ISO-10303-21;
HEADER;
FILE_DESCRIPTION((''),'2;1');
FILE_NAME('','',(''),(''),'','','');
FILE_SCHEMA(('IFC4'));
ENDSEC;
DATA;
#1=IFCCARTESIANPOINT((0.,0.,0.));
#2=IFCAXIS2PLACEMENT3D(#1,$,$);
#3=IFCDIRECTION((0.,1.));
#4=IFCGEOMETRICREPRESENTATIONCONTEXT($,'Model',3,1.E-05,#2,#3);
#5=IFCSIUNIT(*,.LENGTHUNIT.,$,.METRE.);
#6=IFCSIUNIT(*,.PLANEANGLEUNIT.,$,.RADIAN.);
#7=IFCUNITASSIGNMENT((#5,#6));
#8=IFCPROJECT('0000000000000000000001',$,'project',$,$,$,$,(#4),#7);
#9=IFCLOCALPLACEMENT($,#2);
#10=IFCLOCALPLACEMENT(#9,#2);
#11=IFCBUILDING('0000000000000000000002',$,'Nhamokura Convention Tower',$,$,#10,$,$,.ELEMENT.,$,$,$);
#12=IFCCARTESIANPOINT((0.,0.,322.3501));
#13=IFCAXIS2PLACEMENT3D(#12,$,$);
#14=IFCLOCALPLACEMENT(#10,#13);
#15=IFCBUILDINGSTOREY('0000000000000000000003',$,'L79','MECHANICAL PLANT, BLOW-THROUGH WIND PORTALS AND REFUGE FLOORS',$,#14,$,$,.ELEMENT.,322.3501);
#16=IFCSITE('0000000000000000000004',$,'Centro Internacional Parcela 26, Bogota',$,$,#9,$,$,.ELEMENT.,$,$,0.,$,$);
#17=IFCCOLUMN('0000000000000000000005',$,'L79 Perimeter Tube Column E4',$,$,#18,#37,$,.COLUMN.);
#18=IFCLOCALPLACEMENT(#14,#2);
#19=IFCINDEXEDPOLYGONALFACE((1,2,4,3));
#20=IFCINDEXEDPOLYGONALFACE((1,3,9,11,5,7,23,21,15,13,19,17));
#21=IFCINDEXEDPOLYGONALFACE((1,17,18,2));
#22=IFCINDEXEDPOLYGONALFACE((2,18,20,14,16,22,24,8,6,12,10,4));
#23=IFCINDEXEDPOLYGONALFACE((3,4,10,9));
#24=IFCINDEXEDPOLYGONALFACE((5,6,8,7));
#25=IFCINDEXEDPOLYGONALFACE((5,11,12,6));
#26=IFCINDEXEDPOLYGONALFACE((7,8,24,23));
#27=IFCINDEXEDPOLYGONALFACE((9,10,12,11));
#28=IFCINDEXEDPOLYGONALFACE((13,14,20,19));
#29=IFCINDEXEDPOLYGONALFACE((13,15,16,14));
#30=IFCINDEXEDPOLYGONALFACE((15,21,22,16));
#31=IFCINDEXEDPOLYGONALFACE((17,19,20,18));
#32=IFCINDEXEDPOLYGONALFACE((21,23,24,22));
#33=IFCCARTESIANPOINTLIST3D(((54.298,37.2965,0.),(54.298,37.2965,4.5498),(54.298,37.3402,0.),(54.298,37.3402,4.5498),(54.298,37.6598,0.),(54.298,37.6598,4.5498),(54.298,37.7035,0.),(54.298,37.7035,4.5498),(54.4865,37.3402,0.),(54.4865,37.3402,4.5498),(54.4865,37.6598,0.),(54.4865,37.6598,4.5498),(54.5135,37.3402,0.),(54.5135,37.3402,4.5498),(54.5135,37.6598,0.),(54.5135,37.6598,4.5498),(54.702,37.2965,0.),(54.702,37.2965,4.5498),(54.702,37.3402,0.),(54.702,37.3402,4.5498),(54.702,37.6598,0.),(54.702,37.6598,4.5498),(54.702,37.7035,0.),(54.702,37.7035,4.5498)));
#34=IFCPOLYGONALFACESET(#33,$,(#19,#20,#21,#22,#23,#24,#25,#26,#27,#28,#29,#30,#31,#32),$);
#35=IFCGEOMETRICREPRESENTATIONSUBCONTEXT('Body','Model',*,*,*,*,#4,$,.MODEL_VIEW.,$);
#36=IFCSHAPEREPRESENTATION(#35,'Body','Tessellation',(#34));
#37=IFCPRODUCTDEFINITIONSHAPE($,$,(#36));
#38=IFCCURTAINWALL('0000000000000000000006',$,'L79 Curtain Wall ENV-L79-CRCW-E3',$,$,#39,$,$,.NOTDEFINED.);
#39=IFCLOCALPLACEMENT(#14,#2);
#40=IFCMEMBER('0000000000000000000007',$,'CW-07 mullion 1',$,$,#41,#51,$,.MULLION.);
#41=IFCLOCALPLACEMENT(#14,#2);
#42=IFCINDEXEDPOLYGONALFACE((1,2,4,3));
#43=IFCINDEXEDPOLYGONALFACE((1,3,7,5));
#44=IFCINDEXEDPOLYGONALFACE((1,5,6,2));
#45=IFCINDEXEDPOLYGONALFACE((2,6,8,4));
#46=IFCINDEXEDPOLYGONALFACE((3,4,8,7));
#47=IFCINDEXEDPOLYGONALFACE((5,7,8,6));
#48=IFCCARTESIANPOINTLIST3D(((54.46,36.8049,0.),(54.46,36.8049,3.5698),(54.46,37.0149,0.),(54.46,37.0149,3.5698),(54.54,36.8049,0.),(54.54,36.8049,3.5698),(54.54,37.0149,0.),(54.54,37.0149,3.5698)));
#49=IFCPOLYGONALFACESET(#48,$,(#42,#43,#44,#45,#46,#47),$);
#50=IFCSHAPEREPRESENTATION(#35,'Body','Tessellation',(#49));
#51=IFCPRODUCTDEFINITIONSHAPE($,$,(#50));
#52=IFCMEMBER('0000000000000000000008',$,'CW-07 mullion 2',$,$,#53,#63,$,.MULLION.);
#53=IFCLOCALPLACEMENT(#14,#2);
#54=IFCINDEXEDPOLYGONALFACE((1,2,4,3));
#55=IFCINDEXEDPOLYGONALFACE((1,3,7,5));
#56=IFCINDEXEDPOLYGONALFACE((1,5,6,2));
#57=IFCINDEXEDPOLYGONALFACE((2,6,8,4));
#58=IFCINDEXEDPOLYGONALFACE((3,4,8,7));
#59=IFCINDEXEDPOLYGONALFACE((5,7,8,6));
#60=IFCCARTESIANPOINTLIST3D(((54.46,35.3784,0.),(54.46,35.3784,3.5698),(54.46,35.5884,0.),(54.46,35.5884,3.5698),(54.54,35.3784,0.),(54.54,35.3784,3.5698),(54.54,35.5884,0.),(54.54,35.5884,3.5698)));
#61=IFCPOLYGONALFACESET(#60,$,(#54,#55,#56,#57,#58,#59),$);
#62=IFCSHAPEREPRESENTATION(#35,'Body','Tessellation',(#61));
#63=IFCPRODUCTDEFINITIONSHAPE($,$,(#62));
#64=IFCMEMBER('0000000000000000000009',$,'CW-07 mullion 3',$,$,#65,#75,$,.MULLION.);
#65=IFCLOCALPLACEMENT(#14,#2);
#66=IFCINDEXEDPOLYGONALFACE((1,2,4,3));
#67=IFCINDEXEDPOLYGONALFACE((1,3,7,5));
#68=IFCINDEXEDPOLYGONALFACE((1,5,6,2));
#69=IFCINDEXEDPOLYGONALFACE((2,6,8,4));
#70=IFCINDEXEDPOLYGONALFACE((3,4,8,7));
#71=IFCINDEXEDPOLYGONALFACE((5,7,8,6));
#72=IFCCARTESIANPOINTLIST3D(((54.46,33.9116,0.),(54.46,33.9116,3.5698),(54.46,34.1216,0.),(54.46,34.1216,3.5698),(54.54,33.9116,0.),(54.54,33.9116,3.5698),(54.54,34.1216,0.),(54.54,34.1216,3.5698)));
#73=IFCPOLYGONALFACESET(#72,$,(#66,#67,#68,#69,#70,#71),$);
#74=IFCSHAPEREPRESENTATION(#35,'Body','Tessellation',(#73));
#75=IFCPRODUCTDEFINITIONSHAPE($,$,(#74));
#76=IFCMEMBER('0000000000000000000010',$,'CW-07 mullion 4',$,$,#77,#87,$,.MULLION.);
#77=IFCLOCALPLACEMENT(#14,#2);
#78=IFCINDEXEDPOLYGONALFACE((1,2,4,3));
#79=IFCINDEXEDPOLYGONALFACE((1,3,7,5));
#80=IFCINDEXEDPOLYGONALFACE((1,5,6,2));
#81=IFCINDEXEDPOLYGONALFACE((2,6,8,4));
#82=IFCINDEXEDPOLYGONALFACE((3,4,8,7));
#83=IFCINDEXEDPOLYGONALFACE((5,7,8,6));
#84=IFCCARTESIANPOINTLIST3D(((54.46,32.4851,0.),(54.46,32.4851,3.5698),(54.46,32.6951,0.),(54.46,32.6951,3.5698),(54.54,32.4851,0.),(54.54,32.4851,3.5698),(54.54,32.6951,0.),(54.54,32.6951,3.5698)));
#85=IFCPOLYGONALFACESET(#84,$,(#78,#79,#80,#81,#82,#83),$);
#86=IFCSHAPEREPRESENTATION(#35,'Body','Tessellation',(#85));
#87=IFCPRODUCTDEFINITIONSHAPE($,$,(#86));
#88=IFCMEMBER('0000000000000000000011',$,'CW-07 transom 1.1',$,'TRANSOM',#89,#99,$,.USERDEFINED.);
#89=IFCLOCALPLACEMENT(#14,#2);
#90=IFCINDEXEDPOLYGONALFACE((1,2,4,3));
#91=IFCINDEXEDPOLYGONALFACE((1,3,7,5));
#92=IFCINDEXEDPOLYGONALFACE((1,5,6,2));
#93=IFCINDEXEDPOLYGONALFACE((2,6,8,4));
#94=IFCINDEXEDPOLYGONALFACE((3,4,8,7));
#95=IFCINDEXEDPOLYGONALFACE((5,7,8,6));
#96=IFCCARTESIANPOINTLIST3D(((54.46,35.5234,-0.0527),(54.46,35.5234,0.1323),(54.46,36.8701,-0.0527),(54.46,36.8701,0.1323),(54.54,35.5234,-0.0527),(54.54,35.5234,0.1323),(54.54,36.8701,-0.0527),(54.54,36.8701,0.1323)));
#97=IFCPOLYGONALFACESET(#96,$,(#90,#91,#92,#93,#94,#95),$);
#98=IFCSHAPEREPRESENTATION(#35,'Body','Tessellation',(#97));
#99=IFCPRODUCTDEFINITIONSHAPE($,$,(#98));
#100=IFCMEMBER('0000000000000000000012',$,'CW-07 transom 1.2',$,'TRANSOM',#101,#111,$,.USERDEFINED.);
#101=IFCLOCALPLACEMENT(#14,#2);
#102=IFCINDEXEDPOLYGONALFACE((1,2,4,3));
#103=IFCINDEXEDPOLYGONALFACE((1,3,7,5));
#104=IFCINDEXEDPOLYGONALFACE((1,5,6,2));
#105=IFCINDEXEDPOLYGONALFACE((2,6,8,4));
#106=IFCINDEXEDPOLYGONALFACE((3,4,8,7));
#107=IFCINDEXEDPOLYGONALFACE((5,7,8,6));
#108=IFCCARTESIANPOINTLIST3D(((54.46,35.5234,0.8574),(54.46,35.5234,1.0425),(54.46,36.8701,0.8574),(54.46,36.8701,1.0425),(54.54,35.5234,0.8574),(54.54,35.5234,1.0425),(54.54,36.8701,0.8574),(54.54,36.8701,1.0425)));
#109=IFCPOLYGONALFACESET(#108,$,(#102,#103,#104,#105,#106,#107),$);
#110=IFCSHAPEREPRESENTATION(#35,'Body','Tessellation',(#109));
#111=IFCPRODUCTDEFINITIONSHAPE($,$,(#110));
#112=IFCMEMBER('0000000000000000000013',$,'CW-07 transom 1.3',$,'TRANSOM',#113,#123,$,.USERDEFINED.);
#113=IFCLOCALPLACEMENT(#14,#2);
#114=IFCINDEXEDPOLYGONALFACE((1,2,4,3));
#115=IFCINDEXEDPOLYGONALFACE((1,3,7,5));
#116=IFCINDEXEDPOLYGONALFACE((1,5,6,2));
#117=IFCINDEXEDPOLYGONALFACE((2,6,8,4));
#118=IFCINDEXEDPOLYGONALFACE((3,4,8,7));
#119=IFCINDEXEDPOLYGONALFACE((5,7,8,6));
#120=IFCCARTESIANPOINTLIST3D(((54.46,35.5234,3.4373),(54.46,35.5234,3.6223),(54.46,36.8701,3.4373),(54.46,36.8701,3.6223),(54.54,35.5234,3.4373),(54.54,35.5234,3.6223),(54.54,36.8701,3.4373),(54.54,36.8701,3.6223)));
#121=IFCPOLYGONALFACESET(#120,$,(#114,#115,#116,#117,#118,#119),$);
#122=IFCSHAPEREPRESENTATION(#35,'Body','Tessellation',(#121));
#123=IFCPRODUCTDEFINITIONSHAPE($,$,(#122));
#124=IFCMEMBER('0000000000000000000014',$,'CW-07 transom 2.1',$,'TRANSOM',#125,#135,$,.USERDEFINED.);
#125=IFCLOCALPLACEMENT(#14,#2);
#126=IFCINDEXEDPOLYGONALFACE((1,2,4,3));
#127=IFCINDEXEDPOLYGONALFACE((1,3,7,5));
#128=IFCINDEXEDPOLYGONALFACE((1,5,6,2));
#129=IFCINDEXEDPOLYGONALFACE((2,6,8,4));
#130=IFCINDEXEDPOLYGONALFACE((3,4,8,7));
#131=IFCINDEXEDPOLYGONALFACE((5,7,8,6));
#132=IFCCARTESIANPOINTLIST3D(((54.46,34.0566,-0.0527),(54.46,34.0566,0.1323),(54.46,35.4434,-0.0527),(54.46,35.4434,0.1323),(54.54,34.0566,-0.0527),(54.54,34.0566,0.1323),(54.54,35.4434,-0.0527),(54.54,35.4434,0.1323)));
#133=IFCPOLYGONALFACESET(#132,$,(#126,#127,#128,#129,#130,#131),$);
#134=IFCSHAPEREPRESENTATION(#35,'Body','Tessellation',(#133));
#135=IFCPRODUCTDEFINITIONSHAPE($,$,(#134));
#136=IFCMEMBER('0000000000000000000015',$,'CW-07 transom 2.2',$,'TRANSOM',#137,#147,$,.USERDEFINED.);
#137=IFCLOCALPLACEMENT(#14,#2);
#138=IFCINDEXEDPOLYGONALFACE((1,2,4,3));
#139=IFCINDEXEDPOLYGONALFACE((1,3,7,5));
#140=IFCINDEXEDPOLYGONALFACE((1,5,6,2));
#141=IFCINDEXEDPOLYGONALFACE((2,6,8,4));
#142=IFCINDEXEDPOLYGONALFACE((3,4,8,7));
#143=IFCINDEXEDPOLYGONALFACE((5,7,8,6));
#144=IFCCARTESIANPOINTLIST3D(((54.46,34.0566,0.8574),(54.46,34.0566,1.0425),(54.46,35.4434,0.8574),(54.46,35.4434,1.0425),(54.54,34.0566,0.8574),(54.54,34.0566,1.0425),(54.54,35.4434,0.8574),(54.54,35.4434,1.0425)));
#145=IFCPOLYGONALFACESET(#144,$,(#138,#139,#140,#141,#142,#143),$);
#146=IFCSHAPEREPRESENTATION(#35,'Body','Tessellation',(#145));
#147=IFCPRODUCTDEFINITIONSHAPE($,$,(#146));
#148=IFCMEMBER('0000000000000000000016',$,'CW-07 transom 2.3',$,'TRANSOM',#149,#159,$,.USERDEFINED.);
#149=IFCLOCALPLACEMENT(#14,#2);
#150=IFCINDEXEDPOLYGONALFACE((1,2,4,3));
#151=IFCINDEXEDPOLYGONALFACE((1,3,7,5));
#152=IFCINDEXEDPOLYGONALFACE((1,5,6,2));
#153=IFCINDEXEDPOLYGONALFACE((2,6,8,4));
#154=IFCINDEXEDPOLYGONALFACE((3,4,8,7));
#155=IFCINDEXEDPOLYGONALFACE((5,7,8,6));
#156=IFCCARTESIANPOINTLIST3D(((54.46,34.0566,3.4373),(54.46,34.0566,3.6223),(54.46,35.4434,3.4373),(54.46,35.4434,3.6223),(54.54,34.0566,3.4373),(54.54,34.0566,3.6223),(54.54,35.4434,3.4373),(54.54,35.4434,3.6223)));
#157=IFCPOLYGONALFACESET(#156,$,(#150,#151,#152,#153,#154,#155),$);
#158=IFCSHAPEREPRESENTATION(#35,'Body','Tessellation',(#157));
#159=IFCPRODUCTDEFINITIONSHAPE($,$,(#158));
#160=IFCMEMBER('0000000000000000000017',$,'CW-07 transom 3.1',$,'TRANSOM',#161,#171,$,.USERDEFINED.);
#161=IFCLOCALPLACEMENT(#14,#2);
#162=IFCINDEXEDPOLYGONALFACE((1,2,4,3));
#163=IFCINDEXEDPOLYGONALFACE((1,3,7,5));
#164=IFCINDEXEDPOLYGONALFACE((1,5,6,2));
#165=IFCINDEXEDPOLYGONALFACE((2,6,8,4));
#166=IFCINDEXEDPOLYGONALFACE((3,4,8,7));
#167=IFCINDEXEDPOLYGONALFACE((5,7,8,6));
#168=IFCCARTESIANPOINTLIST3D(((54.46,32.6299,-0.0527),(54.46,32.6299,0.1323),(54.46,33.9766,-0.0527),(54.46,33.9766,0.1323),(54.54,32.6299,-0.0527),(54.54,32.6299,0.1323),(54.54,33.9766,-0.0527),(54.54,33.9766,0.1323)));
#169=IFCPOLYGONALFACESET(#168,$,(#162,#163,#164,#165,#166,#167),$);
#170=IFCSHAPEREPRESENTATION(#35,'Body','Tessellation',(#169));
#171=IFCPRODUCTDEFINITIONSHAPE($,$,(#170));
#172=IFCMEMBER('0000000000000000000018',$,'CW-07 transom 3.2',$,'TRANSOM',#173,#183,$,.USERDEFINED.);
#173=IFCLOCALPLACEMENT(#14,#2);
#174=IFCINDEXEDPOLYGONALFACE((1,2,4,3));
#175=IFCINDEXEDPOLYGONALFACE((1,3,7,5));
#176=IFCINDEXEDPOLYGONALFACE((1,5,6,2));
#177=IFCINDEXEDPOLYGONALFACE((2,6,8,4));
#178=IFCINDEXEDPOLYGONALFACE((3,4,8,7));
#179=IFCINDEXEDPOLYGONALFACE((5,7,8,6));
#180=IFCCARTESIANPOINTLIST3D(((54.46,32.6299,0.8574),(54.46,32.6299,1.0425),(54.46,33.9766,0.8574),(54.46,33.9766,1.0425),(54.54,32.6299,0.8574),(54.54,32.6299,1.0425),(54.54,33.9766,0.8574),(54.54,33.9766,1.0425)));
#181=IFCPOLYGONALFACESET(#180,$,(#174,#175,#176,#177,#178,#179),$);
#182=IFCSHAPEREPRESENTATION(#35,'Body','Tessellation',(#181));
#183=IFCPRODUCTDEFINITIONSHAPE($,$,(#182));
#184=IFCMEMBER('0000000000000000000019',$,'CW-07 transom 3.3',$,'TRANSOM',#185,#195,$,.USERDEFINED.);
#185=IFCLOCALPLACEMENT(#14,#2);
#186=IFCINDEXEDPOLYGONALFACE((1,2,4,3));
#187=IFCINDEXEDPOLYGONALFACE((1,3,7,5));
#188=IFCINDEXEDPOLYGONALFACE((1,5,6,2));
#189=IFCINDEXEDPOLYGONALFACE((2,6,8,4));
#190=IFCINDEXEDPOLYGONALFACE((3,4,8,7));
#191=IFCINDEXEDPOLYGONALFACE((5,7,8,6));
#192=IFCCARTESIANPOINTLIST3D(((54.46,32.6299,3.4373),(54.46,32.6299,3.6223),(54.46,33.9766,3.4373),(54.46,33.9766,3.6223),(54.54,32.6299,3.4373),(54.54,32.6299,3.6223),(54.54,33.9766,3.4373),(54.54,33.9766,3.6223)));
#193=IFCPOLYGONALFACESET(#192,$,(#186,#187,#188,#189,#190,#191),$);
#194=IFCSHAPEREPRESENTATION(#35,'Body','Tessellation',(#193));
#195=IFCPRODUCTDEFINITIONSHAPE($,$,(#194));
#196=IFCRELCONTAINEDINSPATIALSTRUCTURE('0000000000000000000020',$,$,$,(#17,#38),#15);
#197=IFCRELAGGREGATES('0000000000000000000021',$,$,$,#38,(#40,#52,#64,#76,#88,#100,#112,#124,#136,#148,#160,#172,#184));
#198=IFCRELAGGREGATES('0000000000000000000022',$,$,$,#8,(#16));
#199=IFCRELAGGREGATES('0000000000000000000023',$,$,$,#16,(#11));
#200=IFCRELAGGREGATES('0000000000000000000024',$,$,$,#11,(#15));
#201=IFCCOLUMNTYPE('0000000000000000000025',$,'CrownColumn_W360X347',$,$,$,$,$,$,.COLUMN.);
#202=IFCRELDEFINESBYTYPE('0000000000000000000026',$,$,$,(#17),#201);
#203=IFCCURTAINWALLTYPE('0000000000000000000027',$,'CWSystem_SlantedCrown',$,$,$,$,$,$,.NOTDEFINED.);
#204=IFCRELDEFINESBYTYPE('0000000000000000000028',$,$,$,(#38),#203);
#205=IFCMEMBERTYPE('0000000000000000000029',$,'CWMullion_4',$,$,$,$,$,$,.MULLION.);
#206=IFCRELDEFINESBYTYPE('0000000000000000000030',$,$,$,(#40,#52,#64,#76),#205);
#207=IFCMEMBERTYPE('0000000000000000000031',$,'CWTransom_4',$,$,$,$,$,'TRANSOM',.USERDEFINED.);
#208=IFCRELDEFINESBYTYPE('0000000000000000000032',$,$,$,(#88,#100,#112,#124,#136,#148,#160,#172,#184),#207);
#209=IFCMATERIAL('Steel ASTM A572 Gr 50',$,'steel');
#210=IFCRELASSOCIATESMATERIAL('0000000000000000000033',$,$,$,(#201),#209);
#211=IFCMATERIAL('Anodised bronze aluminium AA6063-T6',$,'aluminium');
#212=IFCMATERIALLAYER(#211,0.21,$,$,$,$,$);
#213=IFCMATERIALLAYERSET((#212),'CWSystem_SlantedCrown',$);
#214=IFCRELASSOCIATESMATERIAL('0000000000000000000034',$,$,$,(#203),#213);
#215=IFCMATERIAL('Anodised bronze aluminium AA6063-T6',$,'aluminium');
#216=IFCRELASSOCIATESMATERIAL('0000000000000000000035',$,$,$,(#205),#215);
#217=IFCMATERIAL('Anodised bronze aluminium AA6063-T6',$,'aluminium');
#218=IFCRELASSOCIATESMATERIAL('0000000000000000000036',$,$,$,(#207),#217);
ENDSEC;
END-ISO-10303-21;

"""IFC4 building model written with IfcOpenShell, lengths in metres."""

from ifc_helpers import new_model, si_unit, direction, frame, origin, origin_2d, place, context, subcontext, project, spatial, rectangle, i_section, extrude, material, layer, layer_set, material_profile, profile_set, type_object, element, aggregate, save


model = new_model("IFC4")

# Units and contexts
model_context = context("Model", 3, precision=1e-05, world=origin(), true_north=direction((0.0, 1.0)))
body_context = subcontext(model_context, "Body", "Model", "MODEL_VIEW")
ifc_project = project(units=[si_unit("LENGTHUNIT", "METRE"), si_unit("PLANEANGLEUNIT", "RADIAN")], contexts=[model_context])

# Site, building, storey
site_placement = place(None, origin())
site = spatial("IfcSite", under=ifc_project, at=site_placement, Name="Centro Internacional Parcela 26, Bogota", CompositionType="ELEMENT", RefElevation=0.0)
building_placement = place(site_placement, origin())
building = spatial("IfcBuilding", under=site, at=building_placement, Name="Nhamokura Convention Tower", CompositionType="ELEMENT")
storey_placement = place(building_placement, frame((0.0, 0.0, 322.3501)))
storey = spatial("IfcBuildingStorey", under=building, at=storey_placement, Name="L79", Description="MECHANICAL PLANT, BLOW-THROUGH WIND PORTALS AND REFUGE FLOORS", CompositionType="ELEMENT", Elevation=322.3501)

# Column
ifc_material_1 = material(Name="Steel ASTM A572 Gr 50", Category="steel")
ifc_material_profile_1 = material_profile(ifc_material_1, i_section(OverallWidth=0.4041, OverallDepth=0.407, WebThickness=0.0271, FlangeThickness=0.0437, at=origin_2d()))
ifc_profile_set_1 = profile_set([ifc_material_profile_1], Name="Steel ASTM A572 Gr 50")
column_type = type_object("IfcColumnType", Name="CrownColumn_W360X347", PredefinedType="COLUMN", material=ifc_profile_set_1)
column_placement = place(storey_placement, frame((54.5, 37.5, 0.0), z_axis=(0.0, 0.0, 1.0), x_axis=(1.0, 0.0, 0.0)))
element("IfcColumn", 1, at=column_placement, inside=storey, type_object=column_type, Name="L79 Perimeter Tube Column E4", PredefinedType="COLUMN", context=body_context, shape_type="SweptSolid", body=[
    extrude(i_section(OverallWidth=0.4041, OverallDepth=0.407, WebThickness=0.0271, FlangeThickness=0.0437, at=origin_2d()), origin(), (0.0, 0.0, 1.0), 4.5498),
])

# Curtain wall, members
ifc_material_2 = material(Name="Anodised bronze aluminium AA6063-T6", Category="aluminium")
ifc_layer_1 = layer(ifc_material_2, 0.21)
ifc_layer_set_1 = layer_set([ifc_layer_1], Name="CWSystem_SlantedCrown")
curtain_wall_type = type_object("IfcCurtainWallType", Name="CWSystem_SlantedCrown", PredefinedType="NOTDEFINED", material=ifc_layer_set_1)
curtain_wall_placement = place(storey_placement, origin())
curtain_wall = element("IfcCurtainWall", 2, at=curtain_wall_placement, inside=storey, type_object=curtain_wall_type, Name="L79 Curtain Wall ENV-L79-CRCW-E3", PredefinedType="NOTDEFINED")
ifc_material_3 = material(Name="Anodised bronze aluminium AA6063-T6", Category="aluminium")
ifc_material_profile_2 = material_profile(ifc_material_3, rectangle(XDim=0.0801, YDim=0.21, at=origin_2d()))
ifc_profile_set_2 = profile_set([ifc_material_profile_2], Name="Anodised bronze aluminium AA6063-T6")
member_type_1 = type_object("IfcMemberType", Name="CWMullion_4", PredefinedType="MULLION", material=ifc_profile_set_2)
member_1_placement = place(storey_placement, frame((54.5, 36.9099, 0.0), z_axis=(0.0, 0.0, 1.0), x_axis=(1.0, 0.0, 0.0)))
member_1 = element("IfcMember", 3, at=member_1_placement, type_object=member_type_1, Name="CW-07 mullion 1", PredefinedType="MULLION", context=body_context, shape_type="SweptSolid", body=[
    extrude(rectangle(XDim=0.0801, YDim=0.21, at=origin_2d()), origin(), (0.0, 0.0, 1.0), 3.5698),
])
member_2_placement = place(storey_placement, frame((54.5, 35.4834, 0.0), z_axis=(0.0, 0.0, 1.0), x_axis=(1.0, 0.0, 0.0)))
member_2 = element("IfcMember", 4, at=member_2_placement, type_object=member_type_1, Name="CW-07 mullion 2", PredefinedType="MULLION", context=body_context, shape_type="SweptSolid", body=[
    extrude(rectangle(XDim=0.0801, YDim=0.21, at=origin_2d()), origin(), (0.0, 0.0, 1.0), 3.5698),
])
member_3_placement = place(storey_placement, frame((54.5, 34.0166, 0.0), z_axis=(0.0, 0.0, 1.0), x_axis=(1.0, 0.0, 0.0)))
member_3 = element("IfcMember", 5, at=member_3_placement, type_object=member_type_1, Name="CW-07 mullion 3", PredefinedType="MULLION", context=body_context, shape_type="SweptSolid", body=[
    extrude(rectangle(XDim=0.0801, YDim=0.21, at=origin_2d()), origin(), (0.0, 0.0, 1.0), 3.5698),
])
member_4_placement = place(storey_placement, frame((54.5, 32.5901, 0.0), z_axis=(0.0, 0.0, 1.0), x_axis=(1.0, 0.0, 0.0)))
member_4 = element("IfcMember", 6, at=member_4_placement, type_object=member_type_1, Name="CW-07 mullion 4", PredefinedType="MULLION", context=body_context, shape_type="SweptSolid", body=[
    extrude(rectangle(XDim=0.0801, YDim=0.21, at=origin_2d()), origin(), (0.0, 0.0, 1.0), 3.5698),
])
ifc_material_4 = material(Name="Anodised bronze aluminium AA6063-T6", Category="aluminium")
ifc_material_profile_3 = material_profile(ifc_material_4, rectangle(XDim=0.0801, YDim=0.1851, at=origin_2d()))
ifc_profile_set_3 = profile_set([ifc_material_profile_3], Name="Anodised bronze aluminium AA6063-T6")
member_type_2 = type_object("IfcMemberType", Name="CWTransom_4", ElementType="TRANSOM", PredefinedType="USERDEFINED", material=ifc_profile_set_3)
member_5_placement = place(storey_placement, frame((54.5, 36.8701, 0.0398), z_axis=(0.0, -1.0, 0.0), x_axis=(1.0, 0.0, 0.0)))
member_5 = element("IfcMember", 7, at=member_5_placement, type_object=member_type_2, Name="CW-07 transom 1.1", ObjectType="TRANSOM", PredefinedType="USERDEFINED", context=body_context, shape_type="SweptSolid", body=[
    extrude(rectangle(XDim=0.0801, YDim=0.1851, at=origin_2d()), origin(), (0.0, 0.0, 1.0), 1.3467),
])
member_6_placement = place(storey_placement, frame((54.5, 36.8701, 0.95), z_axis=(0.0, -1.0, 0.0), x_axis=(1.0, 0.0, 0.0)))
member_6 = element("IfcMember", 8, at=member_6_placement, type_object=member_type_2, Name="CW-07 transom 1.2", ObjectType="TRANSOM", PredefinedType="USERDEFINED", context=body_context, shape_type="SweptSolid", body=[
    extrude(rectangle(XDim=0.0801, YDim=0.1851, at=origin_2d()), origin(), (0.0, 0.0, 1.0), 1.3467),
])
member_7_placement = place(storey_placement, frame((54.5, 36.8701, 3.5298), z_axis=(0.0, -1.0, 0.0), x_axis=(1.0, 0.0, 0.0)))
member_7 = element("IfcMember", 9, at=member_7_placement, type_object=member_type_2, Name="CW-07 transom 1.3", ObjectType="TRANSOM", PredefinedType="USERDEFINED", context=body_context, shape_type="SweptSolid", body=[
    extrude(rectangle(XDim=0.0801, YDim=0.1851, at=origin_2d()), origin(), (0.0, 0.0, 1.0), 1.3467),
])
member_8_placement = place(storey_placement, frame((54.5, 35.4434, 0.0398), z_axis=(0.0, -1.0, 0.0), x_axis=(1.0, 0.0, 0.0)))
member_8 = element("IfcMember", 10, at=member_8_placement, type_object=member_type_2, Name="CW-07 transom 2.1", ObjectType="TRANSOM", PredefinedType="USERDEFINED", context=body_context, shape_type="SweptSolid", body=[
    extrude(rectangle(XDim=0.0801, YDim=0.1851, at=origin_2d()), origin(), (0.0, 0.0, 1.0), 1.3867),
])
member_9_placement = place(storey_placement, frame((54.5, 35.4434, 0.95), z_axis=(0.0, -1.0, 0.0), x_axis=(1.0, 0.0, 0.0)))
member_9 = element("IfcMember", 11, at=member_9_placement, type_object=member_type_2, Name="CW-07 transom 2.2", ObjectType="TRANSOM", PredefinedType="USERDEFINED", context=body_context, shape_type="SweptSolid", body=[
    extrude(rectangle(XDim=0.0801, YDim=0.1851, at=origin_2d()), origin(), (0.0, 0.0, 1.0), 1.3867),
])
member_10_placement = place(storey_placement, frame((54.5, 35.4434, 3.5298), z_axis=(0.0, -1.0, 0.0), x_axis=(1.0, 0.0, 0.0)))
member_10 = element("IfcMember", 12, at=member_10_placement, type_object=member_type_2, Name="CW-07 transom 2.3", ObjectType="TRANSOM", PredefinedType="USERDEFINED", context=body_context, shape_type="SweptSolid", body=[
    extrude(rectangle(XDim=0.0801, YDim=0.1851, at=origin_2d()), origin(), (0.0, 0.0, 1.0), 1.3867),
])
member_11_placement = place(storey_placement, frame((54.5, 33.9766, 0.0398), z_axis=(0.0, -1.0, 0.0), x_axis=(1.0, 0.0, 0.0)))
member_11 = element("IfcMember", 13, at=member_11_placement, type_object=member_type_2, Name="CW-07 transom 3.1", ObjectType="TRANSOM", PredefinedType="USERDEFINED", context=body_context, shape_type="SweptSolid", body=[
    extrude(rectangle(XDim=0.0801, YDim=0.1851, at=origin_2d()), origin(), (0.0, 0.0, 1.0), 1.3467),
])
member_12_placement = place(storey_placement, frame((54.5, 33.9766, 0.95), z_axis=(0.0, -1.0, 0.0), x_axis=(1.0, 0.0, 0.0)))
member_12 = element("IfcMember", 14, at=member_12_placement, type_object=member_type_2, Name="CW-07 transom 3.2", ObjectType="TRANSOM", PredefinedType="USERDEFINED", context=body_context, shape_type="SweptSolid", body=[
    extrude(rectangle(XDim=0.0801, YDim=0.1851, at=origin_2d()), origin(), (0.0, 0.0, 1.0), 1.3467),
])
member_13_placement = place(storey_placement, frame((54.5, 33.9766, 3.5298), z_axis=(0.0, -1.0, 0.0), x_axis=(1.0, 0.0, 0.0)))
member_13 = element("IfcMember", 15, at=member_13_placement, type_object=member_type_2, Name="CW-07 transom 3.3", ObjectType="TRANSOM", PredefinedType="USERDEFINED", context=body_context, shape_type="SweptSolid", body=[
    extrude(rectangle(XDim=0.0801, YDim=0.1851, at=origin_2d()), origin(), (0.0, 0.0, 1.0), 1.3467),
])

aggregate(curtain_wall, [member_1, member_2, member_3, member_4, member_5, member_6, member_7, member_8, member_9, member_10, member_11, member_12, member_13])

save(model, "model.ifc")
